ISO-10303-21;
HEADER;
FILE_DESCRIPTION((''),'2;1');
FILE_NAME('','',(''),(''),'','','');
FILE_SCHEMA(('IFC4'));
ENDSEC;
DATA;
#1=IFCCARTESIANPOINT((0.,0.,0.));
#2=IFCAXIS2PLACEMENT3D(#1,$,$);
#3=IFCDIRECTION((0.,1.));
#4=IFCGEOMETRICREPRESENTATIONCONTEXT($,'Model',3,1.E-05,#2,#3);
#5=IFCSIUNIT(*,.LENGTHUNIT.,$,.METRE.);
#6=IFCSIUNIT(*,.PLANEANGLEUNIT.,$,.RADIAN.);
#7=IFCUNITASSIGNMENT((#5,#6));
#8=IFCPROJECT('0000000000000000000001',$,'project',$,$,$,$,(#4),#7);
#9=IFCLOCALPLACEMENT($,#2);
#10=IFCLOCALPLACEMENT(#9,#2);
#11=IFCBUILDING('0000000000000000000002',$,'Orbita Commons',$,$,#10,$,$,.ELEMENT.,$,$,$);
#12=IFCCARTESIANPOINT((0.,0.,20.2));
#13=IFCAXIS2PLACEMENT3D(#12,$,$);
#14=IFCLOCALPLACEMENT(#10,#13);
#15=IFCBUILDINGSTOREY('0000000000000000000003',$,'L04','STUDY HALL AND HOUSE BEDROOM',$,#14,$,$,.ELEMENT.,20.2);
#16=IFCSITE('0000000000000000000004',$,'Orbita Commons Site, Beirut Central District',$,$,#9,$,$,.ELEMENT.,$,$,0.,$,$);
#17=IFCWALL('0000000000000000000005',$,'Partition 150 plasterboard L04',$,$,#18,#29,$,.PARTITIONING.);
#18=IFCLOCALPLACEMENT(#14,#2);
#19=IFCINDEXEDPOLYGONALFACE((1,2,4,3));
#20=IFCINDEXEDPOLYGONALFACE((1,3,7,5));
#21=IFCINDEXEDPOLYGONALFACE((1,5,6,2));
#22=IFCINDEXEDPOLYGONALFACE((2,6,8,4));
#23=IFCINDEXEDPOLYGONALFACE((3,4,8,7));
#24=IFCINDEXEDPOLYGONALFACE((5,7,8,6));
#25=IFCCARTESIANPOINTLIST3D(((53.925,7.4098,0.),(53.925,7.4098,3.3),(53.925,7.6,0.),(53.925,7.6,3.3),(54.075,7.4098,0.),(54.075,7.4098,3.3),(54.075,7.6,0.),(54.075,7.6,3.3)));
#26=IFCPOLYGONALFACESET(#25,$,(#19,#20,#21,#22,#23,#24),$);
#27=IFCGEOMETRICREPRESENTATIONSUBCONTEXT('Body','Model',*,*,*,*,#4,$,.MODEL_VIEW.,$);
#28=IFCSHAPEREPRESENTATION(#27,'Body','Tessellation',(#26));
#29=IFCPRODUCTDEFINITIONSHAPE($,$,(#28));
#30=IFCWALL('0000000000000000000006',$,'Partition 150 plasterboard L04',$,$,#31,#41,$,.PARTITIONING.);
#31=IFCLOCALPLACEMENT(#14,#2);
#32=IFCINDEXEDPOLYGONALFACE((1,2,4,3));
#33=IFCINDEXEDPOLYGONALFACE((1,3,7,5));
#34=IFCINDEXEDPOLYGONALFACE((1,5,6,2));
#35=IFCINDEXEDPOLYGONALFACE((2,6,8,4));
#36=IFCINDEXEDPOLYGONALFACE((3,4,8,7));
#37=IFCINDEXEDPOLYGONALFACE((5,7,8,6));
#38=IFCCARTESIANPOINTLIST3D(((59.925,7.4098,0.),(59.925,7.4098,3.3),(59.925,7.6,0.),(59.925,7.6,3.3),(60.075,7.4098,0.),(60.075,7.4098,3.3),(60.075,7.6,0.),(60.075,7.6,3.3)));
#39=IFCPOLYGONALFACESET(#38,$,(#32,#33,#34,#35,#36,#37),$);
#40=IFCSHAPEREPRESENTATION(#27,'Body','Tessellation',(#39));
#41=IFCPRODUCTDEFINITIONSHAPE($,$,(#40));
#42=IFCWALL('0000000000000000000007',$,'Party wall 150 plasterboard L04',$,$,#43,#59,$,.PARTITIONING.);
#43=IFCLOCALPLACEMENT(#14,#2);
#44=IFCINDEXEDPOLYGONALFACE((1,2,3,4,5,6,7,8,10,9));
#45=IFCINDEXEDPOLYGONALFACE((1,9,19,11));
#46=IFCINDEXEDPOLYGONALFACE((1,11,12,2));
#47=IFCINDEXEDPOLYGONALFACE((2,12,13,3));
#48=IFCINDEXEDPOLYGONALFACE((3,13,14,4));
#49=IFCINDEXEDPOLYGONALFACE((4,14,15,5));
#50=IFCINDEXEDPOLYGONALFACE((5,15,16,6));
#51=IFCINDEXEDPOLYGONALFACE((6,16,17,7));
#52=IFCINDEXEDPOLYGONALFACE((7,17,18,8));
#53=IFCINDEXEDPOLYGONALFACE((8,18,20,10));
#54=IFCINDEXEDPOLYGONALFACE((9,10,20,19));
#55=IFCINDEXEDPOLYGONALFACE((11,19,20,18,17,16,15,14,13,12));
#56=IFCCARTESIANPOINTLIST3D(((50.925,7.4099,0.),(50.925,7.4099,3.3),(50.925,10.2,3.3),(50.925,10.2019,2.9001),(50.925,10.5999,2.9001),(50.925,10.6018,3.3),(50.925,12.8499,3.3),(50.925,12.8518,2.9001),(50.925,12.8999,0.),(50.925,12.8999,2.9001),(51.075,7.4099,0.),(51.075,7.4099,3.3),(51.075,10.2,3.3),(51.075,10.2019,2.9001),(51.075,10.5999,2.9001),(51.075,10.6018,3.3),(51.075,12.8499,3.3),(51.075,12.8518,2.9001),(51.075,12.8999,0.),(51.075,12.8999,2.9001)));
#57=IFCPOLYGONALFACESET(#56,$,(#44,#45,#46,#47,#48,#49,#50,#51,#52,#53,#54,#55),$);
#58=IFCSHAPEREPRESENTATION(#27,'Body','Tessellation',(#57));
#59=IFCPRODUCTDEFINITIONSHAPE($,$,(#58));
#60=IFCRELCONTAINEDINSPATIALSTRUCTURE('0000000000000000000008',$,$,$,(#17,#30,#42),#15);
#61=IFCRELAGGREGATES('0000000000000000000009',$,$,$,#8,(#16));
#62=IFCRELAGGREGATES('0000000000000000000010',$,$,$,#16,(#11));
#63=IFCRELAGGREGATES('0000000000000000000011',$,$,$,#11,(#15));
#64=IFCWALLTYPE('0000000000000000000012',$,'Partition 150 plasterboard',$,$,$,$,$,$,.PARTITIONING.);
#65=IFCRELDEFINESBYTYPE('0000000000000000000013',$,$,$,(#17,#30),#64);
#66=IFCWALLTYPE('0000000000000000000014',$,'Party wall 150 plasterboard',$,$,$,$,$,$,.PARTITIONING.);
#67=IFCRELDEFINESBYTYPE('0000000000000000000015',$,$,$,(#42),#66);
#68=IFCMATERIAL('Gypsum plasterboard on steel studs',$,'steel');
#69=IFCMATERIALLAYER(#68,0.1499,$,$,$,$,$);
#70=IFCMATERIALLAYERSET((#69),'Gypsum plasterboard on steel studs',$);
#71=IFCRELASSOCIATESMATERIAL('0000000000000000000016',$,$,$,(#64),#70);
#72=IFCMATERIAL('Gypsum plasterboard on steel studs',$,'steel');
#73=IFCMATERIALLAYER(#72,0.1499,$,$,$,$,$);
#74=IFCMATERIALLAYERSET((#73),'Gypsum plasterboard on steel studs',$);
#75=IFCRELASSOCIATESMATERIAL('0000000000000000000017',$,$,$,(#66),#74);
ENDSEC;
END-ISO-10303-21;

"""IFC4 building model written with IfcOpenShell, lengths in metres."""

from ifc_helpers import new_model, si_unit, direction, frame, frame_2d, origin, place, context, subcontext, project, spatial, polyline, rectangle, outline, extrude, material, layer, layer_set, type_object, element, save


model = new_model("IFC4")

# Units and contexts
model_context = context("Model", 3, precision=1e-05, world=origin(), true_north=direction((0.0, 1.0)))
body_context = subcontext(model_context, "Body", "Model", "MODEL_VIEW")
ifc_project = project(units=[si_unit("LENGTHUNIT", "METRE"), si_unit("PLANEANGLEUNIT", "RADIAN")], contexts=[model_context])

# Site, building, storey
site_placement = place(None, origin())
site = spatial("IfcSite", under=ifc_project, at=site_placement, Name="Orbita Commons Site, Beirut Central District", CompositionType="ELEMENT", RefElevation=0.0)
building_placement = place(site_placement, origin())
building = spatial("IfcBuilding", under=site, at=building_placement, Name="Orbita Commons", CompositionType="ELEMENT")
storey_placement = place(building_placement, frame((0.0, 0.0, 20.2)))
storey = spatial("IfcBuildingStorey", under=building, at=storey_placement, Name="L04", Description="STUDY HALL AND HOUSE BEDROOM", CompositionType="ELEMENT", Elevation=20.2)

# Walls
ifc_material_1 = material(Name="Gypsum plasterboard on steel studs", Category="steel")
ifc_layer_1 = layer(ifc_material_1, 0.1499)
ifc_layer_set_1 = layer_set([ifc_layer_1], Name="Gypsum plasterboard on steel studs")
wall_type_1 = type_object("IfcWallType", Name="Partition 150 plasterboard", PredefinedType="PARTITIONING", material=ifc_layer_set_1)
for number, where, z_axis, x_axis, name in (
    (1, (54.0, 7.6001, 0.0), (0.0, 0.0, 1.0), (0.0, -1.0, 0.0), "Partition 150 plasterboard L04"),
    (2, (60.0, 7.6001, 0.0), (0.0, 0.0, 1.0), (0.0, -1.0, 0.0), "Partition 150 plasterboard L04"),
):
    element("IfcWall", number, at=place(storey_placement, frame(where, z_axis=z_axis, x_axis=x_axis)), inside=storey, type_object=wall_type_1, Name=name, PredefinedType="PARTITIONING", context=body_context, shape_type="SweptSolid", body=[
        extrude(rectangle(XDim=0.1902, YDim=0.1499, at=frame_2d((0.0952, 0.0))), origin(), (0.0, 0.0, 1.0), 3.3),
    ])
ifc_material_2 = material(Name="Gypsum plasterboard on steel studs", Category="steel")
ifc_layer_2 = layer(ifc_material_2, 0.1499)
ifc_layer_set_2 = layer_set([ifc_layer_2], Name="Gypsum plasterboard on steel studs")
wall_type_2 = type_object("IfcWallType", Name="Party wall 150 plasterboard", PredefinedType="PARTITIONING", material=ifc_layer_set_2)
wall_placement = place(storey_placement, frame((51.0, 7.4099, 0.0), z_axis=(0.0, 0.0, 1.0), x_axis=(0.0, 1.0, 0.0)))
element("IfcWall", 3, at=wall_placement, inside=storey, type_object=wall_type_2, Name="Party wall 150 plasterboard L04", PredefinedType="PARTITIONING", context=body_context, shape_type="SweptSolid", body=[
    extrude(outline(polyline([(0.0, 0.0), (5.49, 0.0), (5.49, 2.9001), (5.4419, 2.9001), (5.4399, 3.3), (3.1919, 3.3), (3.1899, 2.9001), (2.792, 2.9001), (2.79, 3.3), (0.0, 3.3), (0.0, 0.0)])), frame((0.0, 0.075, 0.0), z_axis=(0.0, -1.0, 0.0), x_axis=(1.0, 0.0, 0.0)), (0.0, 0.0, 1.0), 0.1499),
])

save(model, "model.ifc")
